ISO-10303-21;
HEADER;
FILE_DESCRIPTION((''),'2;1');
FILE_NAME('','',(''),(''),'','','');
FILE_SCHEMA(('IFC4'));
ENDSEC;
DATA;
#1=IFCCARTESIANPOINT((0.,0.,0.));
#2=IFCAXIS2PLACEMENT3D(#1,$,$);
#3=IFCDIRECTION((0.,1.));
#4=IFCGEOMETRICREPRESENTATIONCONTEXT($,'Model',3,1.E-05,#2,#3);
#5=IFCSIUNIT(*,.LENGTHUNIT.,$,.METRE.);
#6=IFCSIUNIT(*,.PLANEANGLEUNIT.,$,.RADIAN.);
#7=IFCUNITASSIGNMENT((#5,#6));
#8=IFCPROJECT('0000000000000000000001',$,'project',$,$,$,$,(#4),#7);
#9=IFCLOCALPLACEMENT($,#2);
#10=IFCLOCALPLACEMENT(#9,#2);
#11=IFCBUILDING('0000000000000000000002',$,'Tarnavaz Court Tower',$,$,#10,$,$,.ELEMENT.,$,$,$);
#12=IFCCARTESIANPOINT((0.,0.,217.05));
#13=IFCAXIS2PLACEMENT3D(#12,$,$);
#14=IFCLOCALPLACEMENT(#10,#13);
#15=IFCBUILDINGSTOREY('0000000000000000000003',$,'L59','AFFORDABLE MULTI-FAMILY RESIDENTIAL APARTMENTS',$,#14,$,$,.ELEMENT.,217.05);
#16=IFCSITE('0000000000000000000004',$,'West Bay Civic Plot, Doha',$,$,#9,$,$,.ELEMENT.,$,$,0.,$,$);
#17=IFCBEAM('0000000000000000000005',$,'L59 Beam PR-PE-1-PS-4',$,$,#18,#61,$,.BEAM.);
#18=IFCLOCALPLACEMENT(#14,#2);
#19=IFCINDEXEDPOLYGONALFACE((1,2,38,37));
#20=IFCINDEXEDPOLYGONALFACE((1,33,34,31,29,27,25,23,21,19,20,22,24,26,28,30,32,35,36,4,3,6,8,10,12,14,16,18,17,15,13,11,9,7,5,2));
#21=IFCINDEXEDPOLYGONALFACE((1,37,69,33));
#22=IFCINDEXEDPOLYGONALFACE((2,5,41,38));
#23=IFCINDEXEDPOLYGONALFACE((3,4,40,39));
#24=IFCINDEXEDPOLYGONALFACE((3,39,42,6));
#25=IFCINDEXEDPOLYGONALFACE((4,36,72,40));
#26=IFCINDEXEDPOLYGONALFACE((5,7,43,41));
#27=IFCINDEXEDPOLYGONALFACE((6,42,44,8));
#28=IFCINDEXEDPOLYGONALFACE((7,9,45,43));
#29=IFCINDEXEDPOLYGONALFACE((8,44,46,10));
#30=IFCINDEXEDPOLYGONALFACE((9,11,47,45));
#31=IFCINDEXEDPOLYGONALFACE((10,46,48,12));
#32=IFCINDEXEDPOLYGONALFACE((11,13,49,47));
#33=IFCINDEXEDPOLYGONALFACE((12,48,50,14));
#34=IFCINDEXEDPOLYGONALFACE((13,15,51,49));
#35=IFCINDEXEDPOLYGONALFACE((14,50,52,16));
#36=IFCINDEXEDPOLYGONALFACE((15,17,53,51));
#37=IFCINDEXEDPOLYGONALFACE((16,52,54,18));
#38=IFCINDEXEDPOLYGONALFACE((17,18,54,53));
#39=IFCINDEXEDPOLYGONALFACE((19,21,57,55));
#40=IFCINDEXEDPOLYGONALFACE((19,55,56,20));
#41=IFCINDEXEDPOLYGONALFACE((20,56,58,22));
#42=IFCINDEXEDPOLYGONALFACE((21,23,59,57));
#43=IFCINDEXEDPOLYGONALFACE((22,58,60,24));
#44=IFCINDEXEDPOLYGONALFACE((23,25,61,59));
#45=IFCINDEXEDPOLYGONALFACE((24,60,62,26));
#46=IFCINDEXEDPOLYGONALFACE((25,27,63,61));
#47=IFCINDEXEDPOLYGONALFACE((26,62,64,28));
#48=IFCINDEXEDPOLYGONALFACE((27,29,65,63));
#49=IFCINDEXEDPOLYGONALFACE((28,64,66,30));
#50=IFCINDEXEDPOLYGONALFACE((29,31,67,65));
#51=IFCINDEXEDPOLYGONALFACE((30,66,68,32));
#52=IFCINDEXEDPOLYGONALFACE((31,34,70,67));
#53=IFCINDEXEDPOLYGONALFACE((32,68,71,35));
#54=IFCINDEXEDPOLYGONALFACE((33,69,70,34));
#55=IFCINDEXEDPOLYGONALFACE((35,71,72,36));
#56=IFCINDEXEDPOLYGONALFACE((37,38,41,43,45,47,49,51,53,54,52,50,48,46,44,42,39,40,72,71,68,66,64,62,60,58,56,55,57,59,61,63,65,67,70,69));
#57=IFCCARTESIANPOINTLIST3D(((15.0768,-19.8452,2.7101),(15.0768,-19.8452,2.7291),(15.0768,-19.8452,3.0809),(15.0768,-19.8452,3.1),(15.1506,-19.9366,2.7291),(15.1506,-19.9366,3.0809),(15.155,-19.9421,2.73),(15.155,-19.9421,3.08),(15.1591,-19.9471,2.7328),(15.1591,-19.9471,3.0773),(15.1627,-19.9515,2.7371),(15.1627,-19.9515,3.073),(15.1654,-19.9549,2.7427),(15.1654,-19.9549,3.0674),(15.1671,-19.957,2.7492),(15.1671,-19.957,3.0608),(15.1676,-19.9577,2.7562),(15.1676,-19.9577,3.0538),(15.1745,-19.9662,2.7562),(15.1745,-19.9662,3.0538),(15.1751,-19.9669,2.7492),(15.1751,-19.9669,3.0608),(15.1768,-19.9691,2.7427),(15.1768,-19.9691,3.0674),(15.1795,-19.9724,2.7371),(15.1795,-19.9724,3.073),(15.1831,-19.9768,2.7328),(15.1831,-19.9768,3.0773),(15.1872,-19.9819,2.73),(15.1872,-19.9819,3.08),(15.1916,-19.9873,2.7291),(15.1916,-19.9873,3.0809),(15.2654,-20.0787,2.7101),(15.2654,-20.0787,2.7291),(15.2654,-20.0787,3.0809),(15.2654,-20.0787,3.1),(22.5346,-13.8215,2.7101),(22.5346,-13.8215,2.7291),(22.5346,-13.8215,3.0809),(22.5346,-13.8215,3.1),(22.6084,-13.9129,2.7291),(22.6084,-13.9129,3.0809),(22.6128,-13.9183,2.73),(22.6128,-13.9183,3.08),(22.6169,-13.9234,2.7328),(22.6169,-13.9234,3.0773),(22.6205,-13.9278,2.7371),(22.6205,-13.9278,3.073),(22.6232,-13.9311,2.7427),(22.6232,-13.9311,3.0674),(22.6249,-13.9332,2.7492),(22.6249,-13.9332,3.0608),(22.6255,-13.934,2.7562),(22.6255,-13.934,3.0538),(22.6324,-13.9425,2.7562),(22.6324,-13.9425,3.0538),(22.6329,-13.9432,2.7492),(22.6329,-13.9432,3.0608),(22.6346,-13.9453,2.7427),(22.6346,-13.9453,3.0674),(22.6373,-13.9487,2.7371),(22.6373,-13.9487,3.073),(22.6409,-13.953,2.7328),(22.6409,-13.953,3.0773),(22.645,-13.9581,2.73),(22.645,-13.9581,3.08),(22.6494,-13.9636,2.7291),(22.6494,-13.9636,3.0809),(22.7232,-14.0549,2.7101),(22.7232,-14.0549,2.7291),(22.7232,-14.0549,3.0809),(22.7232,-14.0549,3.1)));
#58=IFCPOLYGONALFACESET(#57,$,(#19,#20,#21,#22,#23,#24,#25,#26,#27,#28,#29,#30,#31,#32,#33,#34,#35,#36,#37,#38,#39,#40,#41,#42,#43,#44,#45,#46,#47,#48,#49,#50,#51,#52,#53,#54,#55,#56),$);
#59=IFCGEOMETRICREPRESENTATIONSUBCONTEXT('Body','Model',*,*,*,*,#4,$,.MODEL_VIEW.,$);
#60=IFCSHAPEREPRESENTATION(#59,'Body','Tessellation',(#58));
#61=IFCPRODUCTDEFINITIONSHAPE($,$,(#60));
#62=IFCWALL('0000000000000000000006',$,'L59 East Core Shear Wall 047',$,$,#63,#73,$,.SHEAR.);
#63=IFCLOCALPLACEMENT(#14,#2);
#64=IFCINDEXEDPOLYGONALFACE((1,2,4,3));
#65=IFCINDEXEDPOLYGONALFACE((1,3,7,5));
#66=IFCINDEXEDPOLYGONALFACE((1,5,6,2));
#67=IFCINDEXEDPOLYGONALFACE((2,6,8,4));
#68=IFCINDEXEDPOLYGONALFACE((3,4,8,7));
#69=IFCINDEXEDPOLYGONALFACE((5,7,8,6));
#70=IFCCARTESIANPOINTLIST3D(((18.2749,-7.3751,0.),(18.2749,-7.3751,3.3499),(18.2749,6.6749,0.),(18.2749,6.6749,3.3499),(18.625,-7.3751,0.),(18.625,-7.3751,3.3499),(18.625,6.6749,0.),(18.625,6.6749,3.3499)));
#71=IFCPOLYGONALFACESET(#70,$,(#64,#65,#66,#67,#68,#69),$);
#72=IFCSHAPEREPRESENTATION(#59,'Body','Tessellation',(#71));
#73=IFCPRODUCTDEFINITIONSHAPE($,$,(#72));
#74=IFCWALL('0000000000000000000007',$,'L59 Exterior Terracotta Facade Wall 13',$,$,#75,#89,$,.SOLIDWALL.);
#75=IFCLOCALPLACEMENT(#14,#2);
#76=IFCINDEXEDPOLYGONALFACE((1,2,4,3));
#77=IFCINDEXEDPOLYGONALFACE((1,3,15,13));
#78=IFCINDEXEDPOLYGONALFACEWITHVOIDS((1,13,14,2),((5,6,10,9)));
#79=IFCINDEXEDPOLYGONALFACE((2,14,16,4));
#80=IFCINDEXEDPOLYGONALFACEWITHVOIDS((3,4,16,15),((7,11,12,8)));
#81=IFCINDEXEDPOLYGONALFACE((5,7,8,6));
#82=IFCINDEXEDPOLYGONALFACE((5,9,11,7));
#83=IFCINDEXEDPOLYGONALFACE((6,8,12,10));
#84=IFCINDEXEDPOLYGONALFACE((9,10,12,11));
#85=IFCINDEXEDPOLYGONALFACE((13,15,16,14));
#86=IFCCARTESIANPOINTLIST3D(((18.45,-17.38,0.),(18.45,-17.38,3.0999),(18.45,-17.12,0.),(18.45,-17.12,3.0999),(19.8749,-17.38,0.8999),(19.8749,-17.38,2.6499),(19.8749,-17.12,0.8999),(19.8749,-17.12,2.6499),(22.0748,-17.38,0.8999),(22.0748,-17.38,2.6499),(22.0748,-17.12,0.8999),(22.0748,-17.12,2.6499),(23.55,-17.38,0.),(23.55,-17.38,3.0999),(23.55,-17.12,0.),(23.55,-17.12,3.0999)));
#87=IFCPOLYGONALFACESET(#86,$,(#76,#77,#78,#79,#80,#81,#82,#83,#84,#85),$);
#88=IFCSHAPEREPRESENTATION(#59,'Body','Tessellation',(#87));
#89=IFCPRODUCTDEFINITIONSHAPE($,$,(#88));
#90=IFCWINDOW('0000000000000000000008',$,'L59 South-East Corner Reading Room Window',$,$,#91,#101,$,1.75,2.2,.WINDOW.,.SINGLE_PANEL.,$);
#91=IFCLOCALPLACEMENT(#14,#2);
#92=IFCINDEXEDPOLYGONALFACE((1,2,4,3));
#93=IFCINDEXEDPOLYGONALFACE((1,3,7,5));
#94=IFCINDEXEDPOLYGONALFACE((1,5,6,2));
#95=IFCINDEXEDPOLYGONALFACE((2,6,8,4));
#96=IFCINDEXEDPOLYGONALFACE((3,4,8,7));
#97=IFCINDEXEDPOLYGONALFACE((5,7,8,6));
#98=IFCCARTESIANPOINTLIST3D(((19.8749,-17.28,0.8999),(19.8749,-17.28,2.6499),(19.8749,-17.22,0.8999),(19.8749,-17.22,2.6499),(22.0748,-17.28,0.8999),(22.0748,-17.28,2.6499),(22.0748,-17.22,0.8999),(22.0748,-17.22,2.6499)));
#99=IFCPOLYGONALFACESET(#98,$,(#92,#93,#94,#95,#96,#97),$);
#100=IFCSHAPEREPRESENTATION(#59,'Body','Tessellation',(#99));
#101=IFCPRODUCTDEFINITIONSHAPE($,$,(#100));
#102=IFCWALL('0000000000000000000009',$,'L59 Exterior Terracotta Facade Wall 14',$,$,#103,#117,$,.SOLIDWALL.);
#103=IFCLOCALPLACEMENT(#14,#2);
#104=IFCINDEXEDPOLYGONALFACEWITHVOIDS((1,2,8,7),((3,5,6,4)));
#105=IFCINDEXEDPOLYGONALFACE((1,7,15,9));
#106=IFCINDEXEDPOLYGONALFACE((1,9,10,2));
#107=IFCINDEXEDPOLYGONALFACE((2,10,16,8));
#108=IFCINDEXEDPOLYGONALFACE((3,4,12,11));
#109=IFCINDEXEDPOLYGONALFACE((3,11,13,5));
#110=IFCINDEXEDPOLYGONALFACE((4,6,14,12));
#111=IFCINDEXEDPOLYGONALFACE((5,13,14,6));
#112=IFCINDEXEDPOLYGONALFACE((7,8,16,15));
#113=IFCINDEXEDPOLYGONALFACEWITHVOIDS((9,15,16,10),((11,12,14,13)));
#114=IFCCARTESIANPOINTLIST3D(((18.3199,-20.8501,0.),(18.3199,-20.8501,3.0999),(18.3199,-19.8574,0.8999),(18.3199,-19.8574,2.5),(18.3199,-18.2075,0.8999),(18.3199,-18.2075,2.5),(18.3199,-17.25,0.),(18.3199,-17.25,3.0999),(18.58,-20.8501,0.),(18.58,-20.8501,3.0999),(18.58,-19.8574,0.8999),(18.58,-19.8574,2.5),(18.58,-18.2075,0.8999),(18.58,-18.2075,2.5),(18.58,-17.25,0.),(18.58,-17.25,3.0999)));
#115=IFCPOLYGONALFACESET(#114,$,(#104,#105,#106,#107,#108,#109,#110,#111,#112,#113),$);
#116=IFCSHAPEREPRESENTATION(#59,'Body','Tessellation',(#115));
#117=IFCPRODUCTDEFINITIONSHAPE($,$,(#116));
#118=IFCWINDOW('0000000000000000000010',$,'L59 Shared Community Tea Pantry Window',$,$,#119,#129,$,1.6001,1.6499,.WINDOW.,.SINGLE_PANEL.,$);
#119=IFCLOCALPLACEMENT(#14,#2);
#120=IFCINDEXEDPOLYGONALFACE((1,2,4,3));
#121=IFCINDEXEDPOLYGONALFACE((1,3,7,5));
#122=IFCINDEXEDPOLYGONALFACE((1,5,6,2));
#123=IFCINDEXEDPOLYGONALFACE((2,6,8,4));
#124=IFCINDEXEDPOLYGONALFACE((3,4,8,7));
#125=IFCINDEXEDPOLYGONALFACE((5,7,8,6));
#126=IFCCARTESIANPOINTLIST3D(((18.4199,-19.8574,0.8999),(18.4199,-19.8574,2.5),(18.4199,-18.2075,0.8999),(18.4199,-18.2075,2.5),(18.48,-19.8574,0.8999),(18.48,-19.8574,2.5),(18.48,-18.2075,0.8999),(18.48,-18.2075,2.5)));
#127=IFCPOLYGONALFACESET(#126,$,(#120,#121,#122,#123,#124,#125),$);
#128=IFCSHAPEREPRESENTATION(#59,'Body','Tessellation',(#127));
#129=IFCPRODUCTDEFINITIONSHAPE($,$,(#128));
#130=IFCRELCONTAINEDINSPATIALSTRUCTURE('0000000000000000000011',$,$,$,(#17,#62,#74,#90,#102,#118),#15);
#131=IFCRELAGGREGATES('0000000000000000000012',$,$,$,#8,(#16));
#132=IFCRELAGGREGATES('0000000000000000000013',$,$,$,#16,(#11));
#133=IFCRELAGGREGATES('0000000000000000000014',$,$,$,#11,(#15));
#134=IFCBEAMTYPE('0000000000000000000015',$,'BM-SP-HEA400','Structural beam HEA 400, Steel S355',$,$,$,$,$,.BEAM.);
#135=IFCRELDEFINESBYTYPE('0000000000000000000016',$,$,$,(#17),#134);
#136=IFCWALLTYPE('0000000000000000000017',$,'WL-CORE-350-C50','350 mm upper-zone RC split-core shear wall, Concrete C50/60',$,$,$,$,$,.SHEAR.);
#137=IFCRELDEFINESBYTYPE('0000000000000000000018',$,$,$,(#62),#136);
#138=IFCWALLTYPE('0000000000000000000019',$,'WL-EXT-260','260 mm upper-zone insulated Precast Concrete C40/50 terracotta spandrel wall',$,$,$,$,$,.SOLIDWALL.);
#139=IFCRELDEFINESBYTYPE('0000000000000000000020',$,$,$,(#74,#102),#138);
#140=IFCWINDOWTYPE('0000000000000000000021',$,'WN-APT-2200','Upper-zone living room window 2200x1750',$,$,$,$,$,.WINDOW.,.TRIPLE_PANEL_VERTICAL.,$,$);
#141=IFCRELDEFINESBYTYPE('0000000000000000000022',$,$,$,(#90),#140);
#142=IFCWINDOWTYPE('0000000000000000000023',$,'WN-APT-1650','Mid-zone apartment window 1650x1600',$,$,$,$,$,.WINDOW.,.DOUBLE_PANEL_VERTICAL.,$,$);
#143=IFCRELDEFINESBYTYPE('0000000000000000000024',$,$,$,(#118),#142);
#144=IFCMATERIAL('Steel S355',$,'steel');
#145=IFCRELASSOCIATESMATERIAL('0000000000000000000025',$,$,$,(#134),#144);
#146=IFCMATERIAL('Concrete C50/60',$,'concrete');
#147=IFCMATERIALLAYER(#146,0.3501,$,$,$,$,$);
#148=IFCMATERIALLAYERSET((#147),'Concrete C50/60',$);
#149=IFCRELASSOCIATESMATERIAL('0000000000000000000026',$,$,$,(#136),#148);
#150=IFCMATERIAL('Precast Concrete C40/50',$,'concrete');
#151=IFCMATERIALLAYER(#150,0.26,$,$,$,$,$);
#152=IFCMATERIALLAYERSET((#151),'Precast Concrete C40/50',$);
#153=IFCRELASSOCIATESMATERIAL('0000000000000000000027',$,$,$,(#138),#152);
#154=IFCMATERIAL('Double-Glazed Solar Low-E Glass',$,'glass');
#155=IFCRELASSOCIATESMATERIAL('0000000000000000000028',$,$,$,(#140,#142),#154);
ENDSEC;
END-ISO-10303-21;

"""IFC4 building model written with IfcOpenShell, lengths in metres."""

from ifc_helpers import new_model, si_unit, direction, frame, frame_2d, origin, origin_2d, place, context, subcontext, project, spatial, rectangle, i_section, extrude, material, layer, layer_set, material_profile, profile_set, type_object, element, fill, save


model = new_model("IFC4")

# Units and contexts
model_context = context("Model", 3, precision=1e-05, world=origin(), true_north=direction((0.0, 1.0)))
body_context = subcontext(model_context, "Body", "Model", "MODEL_VIEW")
ifc_project = project(units=[si_unit("LENGTHUNIT", "METRE"), si_unit("PLANEANGLEUNIT", "RADIAN")], contexts=[model_context])

# Site, building, storey
site_placement = place(None, origin())
site = spatial("IfcSite", under=ifc_project, at=site_placement, Name="West Bay Civic Plot, Doha", CompositionType="ELEMENT", RefElevation=0.0)
building_placement = place(site_placement, origin())
building = spatial("IfcBuilding", under=site, at=building_placement, Name="Tarnavaz Court Tower", CompositionType="ELEMENT")
storey_placement = place(building_placement, frame((0.0, 0.0, 217.05)))
storey = spatial("IfcBuildingStorey", under=building, at=storey_placement, Name="L59", Description="AFFORDABLE MULTI-FAMILY RESIDENTIAL APARTMENTS", CompositionType="ELEMENT", Elevation=217.05)

# Shared definitions
ifc_material_1 = material(Name="Concrete C50/60", Category="concrete")

# Beam
ifc_material_2 = material(Name="Steel S355", Category="steel")
ifc_material_profile_1 = material_profile(ifc_material_2, i_section(OverallWidth=0.3, OverallDepth=0.3899, WebThickness=0.011, FlangeThickness=0.019, FilletRadius=0.0271, at=origin_2d()), Name="HEA 400")
ifc_profile_set_1 = profile_set([ifc_material_profile_1], Name="Steel S355")
beam_type_1 = type_object("IfcBeamType", Name="BM-SP-HEA400", Description="Structural beam HEA 400, Steel S355", PredefinedType="BEAM", material=ifc_profile_set_1)
beam_1_placement = place(storey_placement, frame((22.6289, -13.9382, 2.905), z_axis=(-0.777936, -0.628344, 0.0), x_axis=(0.628344, -0.777936, 0.0)))
element("IfcBeam", 1, at=beam_1_placement, inside=storey, type_object=beam_type_1, Name="L59 Beam PR-PE-1-PS-4", PredefinedType="BEAM", context=body_context, shape_type="SweptSolid", body=[
    extrude(i_section(OverallWidth=0.3, OverallDepth=0.3899, WebThickness=0.011, FlangeThickness=0.019, FilletRadius=0.0271, at=origin_2d()), origin(), (0.0, 0.0, 1.0), 9.5867),
])

# Wall
ifc_layer_1 = layer(ifc_material_1, 0.3501)
ifc_layer_set_1 = layer_set([ifc_layer_1], Name="Concrete C50/60")
wall_type_1 = type_object("IfcWallType", Name="WL-CORE-350-C50", Description="350 mm upper-zone RC split-core shear wall, Concrete C50/60", PredefinedType="SHEAR", material=ifc_layer_set_1)
wall_1_placement = place(storey_placement, frame((18.45, -7.375, 0.0), z_axis=(0.0, 0.0, 1.0), x_axis=(0.0, 1.0, 0.0)))
element("IfcWall", 2, at=wall_1_placement, inside=storey, type_object=wall_type_1, Name="L59 East Core Shear Wall 047", PredefinedType="SHEAR", context=body_context, shape_type="SweptSolid", body=[
    extrude(rectangle(XDim=14.05, YDim=0.3501, at=frame_2d((7.0249, 0.0))), origin(), (0.0, 0.0, 1.0), 3.3499),
])

# Walls, openings, windows
ifc_material_3 = material(Name="Precast Concrete C40/50", Category="concrete")
ifc_layer_2 = layer(ifc_material_3, 0.26)
ifc_layer_set_2 = layer_set([ifc_layer_2], Name="Precast Concrete C40/50")
wall_type_2 = type_object("IfcWallType", Name="WL-EXT-260", Description="260 mm upper-zone insulated Precast Concrete C40/50 terracotta spandrel wall", PredefinedType="SOLIDWALL", material=ifc_layer_set_2)
wall_2_placement = place(storey_placement, frame((23.55, -17.25, 0.0), z_axis=(0.0, 0.0, 1.0), x_axis=(-1.0, 0.0, 0.0)))
wall_2 = element("IfcWall", 3, at=wall_2_placement, inside=storey, type_object=wall_type_2, Name="L59 Exterior Terracotta Facade Wall 13", PredefinedType="SOLIDWALL", context=body_context, shape_type="SweptSolid", body=[
    extrude(rectangle(XDim=5.1001, YDim=0.26, at=frame_2d((2.55, 0.0))), origin(), (0.0, 0.0, 1.0), 3.0999),
])
opening_1_placement = place(wall_2_placement, frame((1.4751, 0.0, 0.8999)))
opening_1 = element("IfcOpeningElement", 4, at=opening_1_placement, cuts=wall_2, PredefinedType="OPENING", context=body_context, shape_type="SweptSolid", body=[
    extrude(rectangle(XDim=2.2, YDim=1.75, at=frame_2d((1.1001, 0.875))), frame((0.0, 0.1399, 0.0), z_axis=(0.0, -1.0, 0.0), x_axis=(1.0, 0.0, 0.0)), (0.0, 0.0, 1.0), 0.28),
])
ifc_material_4 = material(Name="Double-Glazed Solar Low-E Glass", Category="glass")
window_type_1 = type_object("IfcWindowType", Name="WN-APT-2200", Description="Upper-zone living room window 2200x1750", PartitioningType="TRIPLE_PANEL_VERTICAL", PredefinedType="WINDOW", material=ifc_material_4)
window_1_placement = place(opening_1_placement, origin())
window_1 = element("IfcWindow", 5, at=window_1_placement, inside=storey, type_object=window_type_1, Name="L59 South-East Corner Reading Room Window", OverallHeight=1.75, OverallWidth=2.2, PartitioningType="SINGLE_PANEL", PredefinedType="WINDOW", context=body_context, shape_type="SweptSolid", body=[
    extrude(rectangle(XDim=2.2, YDim=1.75, at=frame_2d((1.1001, 0.875))), frame((0.0, 0.03, 0.0), z_axis=(0.0, -1.0, 0.0), x_axis=(1.0, 0.0, 0.0)), (0.0, 0.0, 1.0), 0.0601),
])
fill(opening_1, window_1)
wall_3_placement = place(storey_placement, frame((18.45, -17.25, 0.0), z_axis=(0.0, 0.0, 1.0), x_axis=(0.0, -1.0, 0.0)))
wall_3 = element("IfcWall", 6, at=wall_3_placement, inside=storey, type_object=wall_type_2, Name="L59 Exterior Terracotta Facade Wall 14", PredefinedType="SOLIDWALL", context=body_context, shape_type="SweptSolid", body=[
    extrude(rectangle(XDim=3.6001, YDim=0.26, at=frame_2d((1.8, 0.0))), origin(), (0.0, 0.0, 1.0), 3.0999),
])
opening_2_placement = place(wall_3_placement, frame((0.9575, 0.0, 0.8999)))
opening_2 = element("IfcOpeningElement", 7, at=opening_2_placement, cuts=wall_3, PredefinedType="OPENING", context=body_context, shape_type="SweptSolid", body=[
    extrude(rectangle(XDim=1.6499, YDim=1.6001, at=frame_2d((0.825, 0.8))), frame((0.0, 0.1399, 0.0), z_axis=(0.0, -1.0, 0.0), x_axis=(1.0, 0.0, 0.0)), (0.0, 0.0, 1.0), 0.28),
])
window_type_2 = type_object("IfcWindowType", Name="WN-APT-1650", Description="Mid-zone apartment window 1650x1600", PartitioningType="DOUBLE_PANEL_VERTICAL", PredefinedType="WINDOW", material=ifc_material_4)
window_2_placement = place(opening_2_placement, origin())
window_2 = element("IfcWindow", 8, at=window_2_placement, inside=storey, type_object=window_type_2, Name="L59 Shared Community Tea Pantry Window", OverallHeight=1.6001, OverallWidth=1.6499, PartitioningType="SINGLE_PANEL", PredefinedType="WINDOW", context=body_context, shape_type="SweptSolid", body=[
    extrude(rectangle(XDim=1.6499, YDim=1.6001, at=frame_2d((0.825, 0.8))), frame((0.0, 0.03, 0.0), z_axis=(0.0, -1.0, 0.0), x_axis=(1.0, 0.0, 0.0)), (0.0, 0.0, 1.0), 0.0601),
])
fill(opening_2, window_2)

save(model, "model.ifc")
